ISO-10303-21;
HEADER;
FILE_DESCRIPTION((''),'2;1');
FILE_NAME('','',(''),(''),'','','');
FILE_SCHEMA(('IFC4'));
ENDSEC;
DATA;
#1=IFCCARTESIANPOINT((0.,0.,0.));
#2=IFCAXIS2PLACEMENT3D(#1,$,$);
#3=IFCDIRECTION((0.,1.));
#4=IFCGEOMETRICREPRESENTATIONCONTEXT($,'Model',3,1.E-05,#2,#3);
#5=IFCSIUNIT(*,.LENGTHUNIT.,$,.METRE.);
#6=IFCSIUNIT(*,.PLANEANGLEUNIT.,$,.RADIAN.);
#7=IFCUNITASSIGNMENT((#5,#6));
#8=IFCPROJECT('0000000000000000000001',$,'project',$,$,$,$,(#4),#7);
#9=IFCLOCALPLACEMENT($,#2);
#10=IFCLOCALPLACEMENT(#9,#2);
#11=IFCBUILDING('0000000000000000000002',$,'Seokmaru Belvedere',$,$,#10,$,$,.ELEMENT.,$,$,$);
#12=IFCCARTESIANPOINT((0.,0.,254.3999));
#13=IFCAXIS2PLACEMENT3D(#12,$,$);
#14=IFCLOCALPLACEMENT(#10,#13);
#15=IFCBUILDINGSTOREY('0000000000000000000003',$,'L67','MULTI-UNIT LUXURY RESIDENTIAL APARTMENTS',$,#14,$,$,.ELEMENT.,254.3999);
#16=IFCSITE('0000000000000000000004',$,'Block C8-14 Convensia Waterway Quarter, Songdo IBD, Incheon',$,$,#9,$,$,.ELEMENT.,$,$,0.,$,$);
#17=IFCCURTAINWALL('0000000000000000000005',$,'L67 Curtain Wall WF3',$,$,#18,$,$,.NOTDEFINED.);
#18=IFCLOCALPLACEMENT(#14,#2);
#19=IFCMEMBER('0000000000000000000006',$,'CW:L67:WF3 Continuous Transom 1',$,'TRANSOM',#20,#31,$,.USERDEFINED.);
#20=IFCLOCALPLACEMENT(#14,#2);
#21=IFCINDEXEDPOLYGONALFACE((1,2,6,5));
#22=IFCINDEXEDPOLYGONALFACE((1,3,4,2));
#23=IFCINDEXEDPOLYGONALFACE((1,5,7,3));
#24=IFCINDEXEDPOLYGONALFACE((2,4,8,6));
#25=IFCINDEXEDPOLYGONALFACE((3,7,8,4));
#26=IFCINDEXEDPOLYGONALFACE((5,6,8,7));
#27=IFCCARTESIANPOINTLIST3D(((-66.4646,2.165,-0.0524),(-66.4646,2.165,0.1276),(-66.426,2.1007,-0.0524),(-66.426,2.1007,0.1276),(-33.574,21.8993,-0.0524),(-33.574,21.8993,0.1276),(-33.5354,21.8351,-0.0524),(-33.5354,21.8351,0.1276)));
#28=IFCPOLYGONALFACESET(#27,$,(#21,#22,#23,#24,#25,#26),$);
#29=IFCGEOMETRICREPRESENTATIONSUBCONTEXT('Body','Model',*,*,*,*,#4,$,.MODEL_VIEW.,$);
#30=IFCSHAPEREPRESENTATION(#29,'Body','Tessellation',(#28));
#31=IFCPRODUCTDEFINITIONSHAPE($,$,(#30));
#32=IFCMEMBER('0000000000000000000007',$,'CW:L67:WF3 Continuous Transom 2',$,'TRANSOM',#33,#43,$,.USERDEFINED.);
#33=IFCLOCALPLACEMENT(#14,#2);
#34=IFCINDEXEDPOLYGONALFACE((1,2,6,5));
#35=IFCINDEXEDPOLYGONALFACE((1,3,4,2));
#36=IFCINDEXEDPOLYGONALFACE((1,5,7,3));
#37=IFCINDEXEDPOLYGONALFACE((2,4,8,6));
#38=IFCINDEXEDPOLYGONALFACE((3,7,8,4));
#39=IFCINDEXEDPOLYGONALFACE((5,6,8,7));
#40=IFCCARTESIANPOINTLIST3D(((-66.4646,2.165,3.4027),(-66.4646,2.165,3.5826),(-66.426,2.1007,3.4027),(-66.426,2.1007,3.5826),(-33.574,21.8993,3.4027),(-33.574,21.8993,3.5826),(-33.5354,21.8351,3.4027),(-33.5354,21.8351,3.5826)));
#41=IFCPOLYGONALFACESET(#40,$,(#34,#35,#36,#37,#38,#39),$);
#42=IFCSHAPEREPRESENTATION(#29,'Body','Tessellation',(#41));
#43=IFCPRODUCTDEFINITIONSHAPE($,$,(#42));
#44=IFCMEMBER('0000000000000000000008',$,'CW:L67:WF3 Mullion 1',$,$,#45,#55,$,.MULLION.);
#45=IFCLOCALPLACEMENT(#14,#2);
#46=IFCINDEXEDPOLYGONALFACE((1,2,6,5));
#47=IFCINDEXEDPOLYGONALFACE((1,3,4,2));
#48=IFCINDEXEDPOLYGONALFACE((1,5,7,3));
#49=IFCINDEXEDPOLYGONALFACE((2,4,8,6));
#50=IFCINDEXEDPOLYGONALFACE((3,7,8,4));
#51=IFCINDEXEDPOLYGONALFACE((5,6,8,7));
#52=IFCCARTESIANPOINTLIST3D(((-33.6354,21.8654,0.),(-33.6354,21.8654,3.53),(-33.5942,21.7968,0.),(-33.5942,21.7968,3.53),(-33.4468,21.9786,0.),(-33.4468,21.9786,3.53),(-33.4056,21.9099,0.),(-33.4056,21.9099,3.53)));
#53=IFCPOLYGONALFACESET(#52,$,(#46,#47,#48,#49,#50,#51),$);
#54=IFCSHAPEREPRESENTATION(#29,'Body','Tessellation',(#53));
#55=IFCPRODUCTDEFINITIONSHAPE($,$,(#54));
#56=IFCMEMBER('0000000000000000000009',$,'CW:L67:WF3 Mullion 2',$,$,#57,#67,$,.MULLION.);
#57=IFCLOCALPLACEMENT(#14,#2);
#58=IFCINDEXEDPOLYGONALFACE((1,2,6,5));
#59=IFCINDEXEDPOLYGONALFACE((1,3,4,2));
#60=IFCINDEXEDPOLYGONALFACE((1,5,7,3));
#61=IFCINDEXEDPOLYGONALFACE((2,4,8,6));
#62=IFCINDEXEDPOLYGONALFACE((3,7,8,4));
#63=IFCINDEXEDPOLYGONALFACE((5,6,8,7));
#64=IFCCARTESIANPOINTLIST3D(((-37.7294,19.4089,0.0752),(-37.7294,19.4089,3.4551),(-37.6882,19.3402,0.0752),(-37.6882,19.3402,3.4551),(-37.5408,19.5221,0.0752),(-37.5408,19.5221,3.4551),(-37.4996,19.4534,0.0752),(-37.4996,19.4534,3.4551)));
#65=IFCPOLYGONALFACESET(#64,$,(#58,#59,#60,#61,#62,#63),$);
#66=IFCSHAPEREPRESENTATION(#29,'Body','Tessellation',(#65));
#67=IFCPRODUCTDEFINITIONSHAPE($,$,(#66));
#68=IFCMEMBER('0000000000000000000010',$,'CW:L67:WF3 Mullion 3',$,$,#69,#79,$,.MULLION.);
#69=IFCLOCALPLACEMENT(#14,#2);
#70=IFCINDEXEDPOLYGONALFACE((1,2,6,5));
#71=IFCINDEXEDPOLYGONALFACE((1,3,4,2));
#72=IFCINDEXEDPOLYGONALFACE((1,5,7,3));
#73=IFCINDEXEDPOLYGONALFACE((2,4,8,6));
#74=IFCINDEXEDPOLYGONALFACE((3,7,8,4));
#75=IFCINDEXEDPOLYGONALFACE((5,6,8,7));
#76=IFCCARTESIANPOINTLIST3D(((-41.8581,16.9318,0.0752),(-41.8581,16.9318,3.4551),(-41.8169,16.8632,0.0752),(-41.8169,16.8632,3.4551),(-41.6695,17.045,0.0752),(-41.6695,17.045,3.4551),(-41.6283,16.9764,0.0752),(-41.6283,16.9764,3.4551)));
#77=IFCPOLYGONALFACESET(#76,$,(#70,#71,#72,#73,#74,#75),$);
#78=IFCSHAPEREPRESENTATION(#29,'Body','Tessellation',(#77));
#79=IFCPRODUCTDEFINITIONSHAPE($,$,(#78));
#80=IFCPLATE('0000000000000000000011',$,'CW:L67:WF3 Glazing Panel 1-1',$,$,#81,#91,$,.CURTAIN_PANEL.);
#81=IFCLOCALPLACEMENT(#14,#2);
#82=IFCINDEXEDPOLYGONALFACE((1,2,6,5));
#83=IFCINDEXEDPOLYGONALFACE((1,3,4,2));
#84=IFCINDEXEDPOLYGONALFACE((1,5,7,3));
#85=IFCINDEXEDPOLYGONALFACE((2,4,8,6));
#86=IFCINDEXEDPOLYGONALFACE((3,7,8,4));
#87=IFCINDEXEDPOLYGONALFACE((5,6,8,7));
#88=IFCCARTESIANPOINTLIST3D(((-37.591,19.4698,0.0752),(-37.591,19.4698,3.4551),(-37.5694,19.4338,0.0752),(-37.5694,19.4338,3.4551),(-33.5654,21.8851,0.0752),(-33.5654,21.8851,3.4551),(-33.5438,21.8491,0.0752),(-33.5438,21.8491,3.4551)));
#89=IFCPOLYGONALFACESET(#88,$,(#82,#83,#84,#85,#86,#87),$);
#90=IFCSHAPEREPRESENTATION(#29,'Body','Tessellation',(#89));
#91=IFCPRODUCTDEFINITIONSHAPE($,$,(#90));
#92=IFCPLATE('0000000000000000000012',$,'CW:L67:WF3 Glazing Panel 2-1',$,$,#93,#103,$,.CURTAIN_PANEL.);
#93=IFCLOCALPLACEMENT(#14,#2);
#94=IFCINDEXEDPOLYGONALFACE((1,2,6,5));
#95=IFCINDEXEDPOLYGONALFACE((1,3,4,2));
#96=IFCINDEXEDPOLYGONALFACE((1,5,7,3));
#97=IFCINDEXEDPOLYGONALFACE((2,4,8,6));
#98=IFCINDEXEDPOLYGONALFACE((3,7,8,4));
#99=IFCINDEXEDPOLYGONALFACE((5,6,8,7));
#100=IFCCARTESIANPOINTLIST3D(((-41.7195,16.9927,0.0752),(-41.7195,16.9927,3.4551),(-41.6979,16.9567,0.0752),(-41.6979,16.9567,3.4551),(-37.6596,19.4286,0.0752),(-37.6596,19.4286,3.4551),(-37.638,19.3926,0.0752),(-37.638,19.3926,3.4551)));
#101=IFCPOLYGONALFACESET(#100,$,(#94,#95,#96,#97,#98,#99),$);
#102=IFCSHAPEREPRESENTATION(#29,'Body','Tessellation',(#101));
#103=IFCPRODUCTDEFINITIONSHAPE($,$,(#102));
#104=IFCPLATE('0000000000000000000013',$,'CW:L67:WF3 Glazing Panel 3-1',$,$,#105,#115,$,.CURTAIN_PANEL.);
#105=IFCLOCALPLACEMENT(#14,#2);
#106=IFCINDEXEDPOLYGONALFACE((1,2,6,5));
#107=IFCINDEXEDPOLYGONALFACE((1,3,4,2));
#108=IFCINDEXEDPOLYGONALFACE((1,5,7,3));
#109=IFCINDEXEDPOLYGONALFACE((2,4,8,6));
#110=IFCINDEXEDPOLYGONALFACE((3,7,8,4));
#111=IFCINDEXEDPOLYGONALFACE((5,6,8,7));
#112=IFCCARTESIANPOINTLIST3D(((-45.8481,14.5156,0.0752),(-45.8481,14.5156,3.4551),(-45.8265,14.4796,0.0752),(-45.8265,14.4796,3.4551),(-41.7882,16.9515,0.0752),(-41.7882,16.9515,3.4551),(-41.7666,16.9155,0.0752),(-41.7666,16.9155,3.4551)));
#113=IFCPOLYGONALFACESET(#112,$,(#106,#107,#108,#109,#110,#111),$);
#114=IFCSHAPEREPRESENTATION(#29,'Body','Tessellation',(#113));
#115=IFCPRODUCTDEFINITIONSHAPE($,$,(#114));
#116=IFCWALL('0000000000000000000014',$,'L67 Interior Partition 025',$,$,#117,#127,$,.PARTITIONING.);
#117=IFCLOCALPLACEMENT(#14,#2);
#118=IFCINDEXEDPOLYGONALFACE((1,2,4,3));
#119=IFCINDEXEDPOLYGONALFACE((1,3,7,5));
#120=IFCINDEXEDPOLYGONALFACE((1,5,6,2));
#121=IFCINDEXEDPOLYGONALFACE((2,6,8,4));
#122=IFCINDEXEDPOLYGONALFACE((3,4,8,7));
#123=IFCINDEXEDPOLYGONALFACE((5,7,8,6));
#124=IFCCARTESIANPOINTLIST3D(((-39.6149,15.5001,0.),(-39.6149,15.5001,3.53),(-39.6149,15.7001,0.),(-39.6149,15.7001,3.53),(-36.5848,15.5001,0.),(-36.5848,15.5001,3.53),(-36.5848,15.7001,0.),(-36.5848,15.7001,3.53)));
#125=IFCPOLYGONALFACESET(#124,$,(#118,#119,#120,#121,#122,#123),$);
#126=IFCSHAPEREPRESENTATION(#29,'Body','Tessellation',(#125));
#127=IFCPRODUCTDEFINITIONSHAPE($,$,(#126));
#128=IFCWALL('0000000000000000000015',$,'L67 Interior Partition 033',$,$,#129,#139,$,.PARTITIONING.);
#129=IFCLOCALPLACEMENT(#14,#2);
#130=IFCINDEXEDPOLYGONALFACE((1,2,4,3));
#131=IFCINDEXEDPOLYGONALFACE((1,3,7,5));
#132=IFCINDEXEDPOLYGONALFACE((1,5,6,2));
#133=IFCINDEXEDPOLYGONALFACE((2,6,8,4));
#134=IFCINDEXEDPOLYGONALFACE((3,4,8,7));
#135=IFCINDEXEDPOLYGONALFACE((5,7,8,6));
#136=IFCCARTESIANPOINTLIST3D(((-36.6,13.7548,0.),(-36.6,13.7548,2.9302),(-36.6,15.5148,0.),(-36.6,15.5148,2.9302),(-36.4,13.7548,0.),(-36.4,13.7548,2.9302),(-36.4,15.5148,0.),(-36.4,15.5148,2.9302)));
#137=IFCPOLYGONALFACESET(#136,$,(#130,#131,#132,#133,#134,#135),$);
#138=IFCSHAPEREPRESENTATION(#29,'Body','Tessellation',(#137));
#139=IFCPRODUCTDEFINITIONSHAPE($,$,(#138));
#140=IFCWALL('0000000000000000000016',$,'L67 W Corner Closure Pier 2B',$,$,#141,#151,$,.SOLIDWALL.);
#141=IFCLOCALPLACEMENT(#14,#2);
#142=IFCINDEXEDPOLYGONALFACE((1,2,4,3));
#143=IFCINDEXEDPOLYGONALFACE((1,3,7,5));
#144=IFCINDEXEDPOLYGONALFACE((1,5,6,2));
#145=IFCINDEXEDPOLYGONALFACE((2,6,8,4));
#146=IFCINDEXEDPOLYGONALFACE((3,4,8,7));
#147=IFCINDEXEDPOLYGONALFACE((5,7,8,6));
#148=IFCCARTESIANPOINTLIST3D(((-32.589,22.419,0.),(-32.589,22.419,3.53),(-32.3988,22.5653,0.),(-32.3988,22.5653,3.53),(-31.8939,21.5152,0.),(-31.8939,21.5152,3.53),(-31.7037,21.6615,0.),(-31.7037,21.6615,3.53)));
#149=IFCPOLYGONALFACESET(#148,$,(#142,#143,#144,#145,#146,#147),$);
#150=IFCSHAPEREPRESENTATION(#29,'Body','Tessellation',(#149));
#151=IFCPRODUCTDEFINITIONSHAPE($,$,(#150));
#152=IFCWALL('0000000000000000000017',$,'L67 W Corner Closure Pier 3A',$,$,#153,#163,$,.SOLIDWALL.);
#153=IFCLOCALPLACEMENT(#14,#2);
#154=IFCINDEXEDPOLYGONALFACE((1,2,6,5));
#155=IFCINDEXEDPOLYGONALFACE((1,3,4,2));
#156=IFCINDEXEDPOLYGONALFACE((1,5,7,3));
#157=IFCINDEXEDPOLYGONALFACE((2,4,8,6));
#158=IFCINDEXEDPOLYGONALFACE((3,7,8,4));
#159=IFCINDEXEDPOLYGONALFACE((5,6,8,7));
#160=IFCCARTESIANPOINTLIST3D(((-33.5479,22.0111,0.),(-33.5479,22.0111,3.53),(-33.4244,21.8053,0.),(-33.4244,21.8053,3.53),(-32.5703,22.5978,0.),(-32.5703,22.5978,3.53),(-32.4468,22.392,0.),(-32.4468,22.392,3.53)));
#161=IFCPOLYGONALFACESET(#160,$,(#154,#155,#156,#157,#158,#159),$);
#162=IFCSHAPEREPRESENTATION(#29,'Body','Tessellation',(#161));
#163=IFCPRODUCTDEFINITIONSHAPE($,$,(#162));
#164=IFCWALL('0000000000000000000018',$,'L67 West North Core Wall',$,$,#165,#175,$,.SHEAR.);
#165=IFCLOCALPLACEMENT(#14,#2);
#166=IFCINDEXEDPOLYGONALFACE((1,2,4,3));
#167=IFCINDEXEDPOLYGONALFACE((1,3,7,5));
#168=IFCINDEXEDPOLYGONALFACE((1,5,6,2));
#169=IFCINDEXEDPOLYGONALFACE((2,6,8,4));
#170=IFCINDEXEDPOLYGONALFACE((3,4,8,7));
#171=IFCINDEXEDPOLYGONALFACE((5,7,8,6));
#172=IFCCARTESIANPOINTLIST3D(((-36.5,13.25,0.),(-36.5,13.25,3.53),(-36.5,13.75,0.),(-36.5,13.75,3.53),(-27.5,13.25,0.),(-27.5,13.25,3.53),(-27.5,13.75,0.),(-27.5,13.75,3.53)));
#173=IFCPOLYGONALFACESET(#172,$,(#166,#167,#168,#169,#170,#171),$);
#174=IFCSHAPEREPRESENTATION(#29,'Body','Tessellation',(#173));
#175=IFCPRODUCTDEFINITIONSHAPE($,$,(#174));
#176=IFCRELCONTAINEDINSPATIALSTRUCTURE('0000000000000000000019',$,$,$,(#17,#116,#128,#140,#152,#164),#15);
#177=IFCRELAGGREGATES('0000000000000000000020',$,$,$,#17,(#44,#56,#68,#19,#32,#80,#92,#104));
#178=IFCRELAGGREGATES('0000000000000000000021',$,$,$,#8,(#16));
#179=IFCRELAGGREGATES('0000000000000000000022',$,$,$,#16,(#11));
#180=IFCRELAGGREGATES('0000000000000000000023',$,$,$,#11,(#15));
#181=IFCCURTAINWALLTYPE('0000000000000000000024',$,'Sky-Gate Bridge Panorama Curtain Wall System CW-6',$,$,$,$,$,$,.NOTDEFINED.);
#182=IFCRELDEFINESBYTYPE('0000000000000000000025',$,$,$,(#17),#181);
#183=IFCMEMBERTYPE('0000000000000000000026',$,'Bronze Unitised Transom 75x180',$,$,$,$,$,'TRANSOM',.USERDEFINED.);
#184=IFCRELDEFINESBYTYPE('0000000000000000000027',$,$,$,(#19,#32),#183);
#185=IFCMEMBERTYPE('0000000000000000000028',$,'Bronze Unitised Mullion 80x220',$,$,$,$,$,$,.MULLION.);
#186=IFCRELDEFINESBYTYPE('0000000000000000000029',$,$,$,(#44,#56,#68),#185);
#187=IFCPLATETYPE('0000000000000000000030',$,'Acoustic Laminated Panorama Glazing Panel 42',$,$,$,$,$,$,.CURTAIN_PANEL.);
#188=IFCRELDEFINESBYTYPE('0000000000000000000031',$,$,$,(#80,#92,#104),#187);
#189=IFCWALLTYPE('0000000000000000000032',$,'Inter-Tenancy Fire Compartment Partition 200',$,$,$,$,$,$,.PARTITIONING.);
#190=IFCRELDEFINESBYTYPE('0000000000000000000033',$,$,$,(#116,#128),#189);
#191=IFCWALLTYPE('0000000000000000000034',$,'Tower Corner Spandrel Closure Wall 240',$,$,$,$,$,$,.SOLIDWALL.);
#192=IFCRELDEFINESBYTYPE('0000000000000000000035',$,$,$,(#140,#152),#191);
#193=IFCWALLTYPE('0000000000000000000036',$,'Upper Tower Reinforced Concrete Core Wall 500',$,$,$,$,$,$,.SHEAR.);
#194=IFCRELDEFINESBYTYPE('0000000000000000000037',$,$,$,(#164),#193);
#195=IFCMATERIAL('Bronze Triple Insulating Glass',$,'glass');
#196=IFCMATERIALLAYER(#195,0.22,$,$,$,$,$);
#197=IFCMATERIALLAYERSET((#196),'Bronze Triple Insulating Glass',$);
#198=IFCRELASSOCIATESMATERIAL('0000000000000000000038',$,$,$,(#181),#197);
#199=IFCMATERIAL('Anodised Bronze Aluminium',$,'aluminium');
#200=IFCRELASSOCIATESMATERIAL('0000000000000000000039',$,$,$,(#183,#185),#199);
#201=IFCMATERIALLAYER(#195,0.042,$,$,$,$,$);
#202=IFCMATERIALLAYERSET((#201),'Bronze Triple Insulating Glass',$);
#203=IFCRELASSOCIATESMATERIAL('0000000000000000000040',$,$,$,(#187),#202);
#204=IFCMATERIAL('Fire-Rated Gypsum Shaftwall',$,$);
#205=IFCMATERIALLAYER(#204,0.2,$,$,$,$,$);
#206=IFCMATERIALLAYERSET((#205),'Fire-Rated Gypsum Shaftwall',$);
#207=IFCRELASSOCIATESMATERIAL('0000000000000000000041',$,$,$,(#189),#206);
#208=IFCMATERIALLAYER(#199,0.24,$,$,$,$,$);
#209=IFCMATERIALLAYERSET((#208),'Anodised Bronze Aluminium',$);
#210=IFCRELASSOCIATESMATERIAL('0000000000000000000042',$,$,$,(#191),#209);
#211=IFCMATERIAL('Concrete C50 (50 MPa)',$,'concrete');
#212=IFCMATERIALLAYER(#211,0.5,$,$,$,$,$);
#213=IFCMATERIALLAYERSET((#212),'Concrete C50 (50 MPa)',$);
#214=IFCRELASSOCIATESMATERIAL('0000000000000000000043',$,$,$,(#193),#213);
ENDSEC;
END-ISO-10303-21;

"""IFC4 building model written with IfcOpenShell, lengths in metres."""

from ifc_helpers import new_model, si_unit, direction, frame, frame_2d, origin, origin_2d, place, context, subcontext, project, spatial, rectangle, extrude, source, transform, mapped, material, layer, layer_set, material_profile, profile_set, type_object, type_shapes, element, aggregate, save


model = new_model("IFC4")

# Units and contexts
model_context = context("Model", 3, precision=1e-05, world=origin(), true_north=direction((0.0, 1.0)))
body_context = subcontext(model_context, "Body", "Model", "MODEL_VIEW")
ifc_project = project(units=[si_unit("LENGTHUNIT", "METRE"), si_unit("PLANEANGLEUNIT", "RADIAN")], contexts=[model_context])

# Site, building, storey
site_placement = place(None, origin())
site = spatial("IfcSite", under=ifc_project, at=site_placement, Name="Block C8-14 Convensia Waterway Quarter, Songdo IBD, Incheon", CompositionType="ELEMENT", RefElevation=0.0)
building_placement = place(site_placement, origin())
building = spatial("IfcBuilding", under=site, at=building_placement, Name="Seokmaru Belvedere", CompositionType="ELEMENT")
storey_placement = place(building_placement, frame((0.0, 0.0, 254.3999)))
storey = spatial("IfcBuildingStorey", under=building, at=storey_placement, Name="L67", Description="MULTI-UNIT LUXURY RESIDENTIAL APARTMENTS", CompositionType="ELEMENT", Elevation=254.3999)

# Curtain wall, members, plates
ifc_material_1 = material(Name="Bronze Triple Insulating Glass", Category="glass")
ifc_layer_1 = layer(ifc_material_1, 0.22)
ifc_layer_set_1 = layer_set([ifc_layer_1], Name="Bronze Triple Insulating Glass")
curtain_wall_type = type_object("IfcCurtainWallType", Name="Sky-Gate Bridge Panorama Curtain Wall System CW-6", PredefinedType="NOTDEFINED", material=ifc_layer_set_1)
curtain_wall_placement = place(storey_placement, origin())
curtain_wall = element("IfcCurtainWall", 1, at=curtain_wall_placement, inside=storey, type_object=curtain_wall_type, Name="L67 Curtain Wall WF3", PredefinedType="NOTDEFINED")
ifc_material_2 = material(Name="Anodised Bronze Aluminium", Category="aluminium")
ifc_material_profile_1 = material_profile(ifc_material_2, rectangle(XDim=0.075, YDim=0.1799, at=origin_2d()), Name="CW-T-75x180")
ifc_profile_set_1 = profile_set([ifc_material_profile_1], Name="Anodised Bronze Aluminium")
member_type_1 = type_object("IfcMemberType", Name="Bronze Unitised Transom 75x180", ElementType="TRANSOM", PredefinedType="USERDEFINED", material=ifc_profile_set_1)
shared_shape_1 = source(origin(), body_context, "Body", "SweptSolid", [
    extrude(rectangle(XDim=0.075, YDim=0.1799, at=origin_2d()), origin(), (0.0, 0.0, 1.0), 38.3567),
])
type_shapes(member_type_1, [shared_shape_1])
member_1_placement = place(storey_placement, frame((-33.5547, 21.8672, 0.0376), z_axis=(-0.857493, -0.514496, 0.0), x_axis=(0.514496, -0.857493, 0.0)))
member_1 = element("IfcMember", 2, at=member_1_placement, type_object=member_type_1, Name="CW:L67:WF3 Continuous Transom 1", ObjectType="TRANSOM", PredefinedType="USERDEFINED", context=body_context, shape_type="MappedRepresentation", body=[
    mapped(shared_shape_1, transform((0.0, 0.0, 0.0), scale=1.0)),
])
member_2_placement = place(storey_placement, frame((-33.5547, 21.8672, 3.4927), z_axis=(-0.857493, -0.514496, 0.0), x_axis=(0.514496, -0.857493, 0.0)))
member_2 = element("IfcMember", 3, at=member_2_placement, type_object=member_type_1, Name="CW:L67:WF3 Continuous Transom 2", ObjectType="TRANSOM", PredefinedType="USERDEFINED", context=body_context, shape_type="MappedRepresentation", body=[
    mapped(shared_shape_1, transform((0.0, 0.0, 0.0), scale=1.0)),
])
ifc_material_profile_2 = material_profile(ifc_material_2, rectangle(XDim=0.0801, YDim=0.22, at=origin_2d()), Name="CW-M-80x220")
ifc_profile_set_2 = profile_set([ifc_material_profile_2], Name="Anodised Bronze Aluminium")
member_type_2 = type_object("IfcMemberType", Name="Bronze Unitised Mullion 80x220", PredefinedType="MULLION", material=ifc_profile_set_2)
shared_shape_2 = source(origin(), body_context, "Body", "SweptSolid", [
    extrude(rectangle(XDim=0.0801, YDim=0.22, at=origin_2d()), origin(), (0.0, 0.0, 1.0), 3.53),
])
member_3_placement = place(storey_placement, frame((-33.5205, 21.8877, 0.0), z_axis=(0.0, 0.0, 1.0), x_axis=(0.514495, -0.857493, 0.0)))
member_3 = element("IfcMember", 4, at=member_3_placement, type_object=member_type_2, Name="CW:L67:WF3 Mullion 1", PredefinedType="MULLION", context=body_context, shape_type="MappedRepresentation", body=[
    mapped(shared_shape_2, transform((0.0, 0.0, 0.0), scale=1.0)),
])
shared_shape_3 = source(origin(), body_context, "Body", "SweptSolid", [
    extrude(rectangle(XDim=0.0801, YDim=0.22, at=origin_2d()), origin(), (0.0, 0.0, 1.0), 3.3799),
])
type_shapes(member_type_2, [shared_shape_2, shared_shape_3])
member_4_placement = place(storey_placement, frame((-37.6145, 19.4312, 0.0752), z_axis=(0.0, 0.0, 1.0), x_axis=(0.514495, -0.857493, 0.0)))
member_4 = element("IfcMember", 5, at=member_4_placement, type_object=member_type_2, Name="CW:L67:WF3 Mullion 2", PredefinedType="MULLION", context=body_context, shape_type="MappedRepresentation", body=[
    mapped(shared_shape_3, transform((0.0, 0.0, 0.0), scale=1.0)),
])
member_5_placement = place(storey_placement, frame((-41.7432, 16.9541, 0.0752), z_axis=(0.0, 0.0, 1.0), x_axis=(0.514495, -0.857493, 0.0)))
member_5 = element("IfcMember", 6, at=member_5_placement, type_object=member_type_2, Name="CW:L67:WF3 Mullion 3", PredefinedType="MULLION", context=body_context, shape_type="MappedRepresentation", body=[
    mapped(shared_shape_3, transform((0.0, 0.0, 0.0), scale=1.0)),
])
ifc_layer_2 = layer(ifc_material_1, 0.042)
ifc_layer_set_2 = layer_set([ifc_layer_2], Name="Bronze Triple Insulating Glass")
plate_type = type_object("IfcPlateType", Name="Acoustic Laminated Panorama Glazing Panel 42", PredefinedType="CURTAIN_PANEL", material=ifc_layer_set_2)
shared_shape_4 = source(origin(), body_context, "Body", "SweptSolid", [
    extrude(rectangle(XDim=4.6946, YDim=0.042, at=origin_2d()), origin(), (0.0, 0.0, 1.0), 3.3799),
])
plate_1_placement = place(storey_placement, frame((-35.5674, 20.6594, 0.0752), z_axis=(0.0, 0.0, 1.0), x_axis=(-0.857493, -0.514495, 0.0)))
plate_1 = element("IfcPlate", 7, at=plate_1_placement, type_object=plate_type, Name="CW:L67:WF3 Glazing Panel 1-1", PredefinedType="CURTAIN_PANEL", context=body_context, shape_type="MappedRepresentation", body=[
    mapped(shared_shape_4, transform((0.0, 0.0, 0.0), scale=1.0)),
])
shared_shape_5 = source(origin(), body_context, "Body", "SweptSolid", [
    extrude(rectangle(XDim=4.7346, YDim=0.042, at=origin_2d()), origin(), (0.0, 0.0, 1.0), 3.3799),
])
type_shapes(plate_type, [shared_shape_4, shared_shape_5])
plate_2_placement = place(storey_placement, frame((-39.6787, 18.1926, 0.0752), z_axis=(0.0, 0.0, 1.0), x_axis=(-0.857493, -0.514495, 0.0)))
plate_2 = element("IfcPlate", 8, at=plate_2_placement, type_object=plate_type, Name="CW:L67:WF3 Glazing Panel 2-1", PredefinedType="CURTAIN_PANEL", context=body_context, shape_type="MappedRepresentation", body=[
    mapped(shared_shape_5, transform((0.0, 0.0, 0.0), scale=1.0)),
])
plate_3_placement = place(storey_placement, frame((-43.8074, 15.7156, 0.0752), z_axis=(0.0, 0.0, 1.0), x_axis=(-0.857493, -0.514495, 0.0)))
plate_3 = element("IfcPlate", 9, at=plate_3_placement, type_object=plate_type, Name="CW:L67:WF3 Glazing Panel 3-1", PredefinedType="CURTAIN_PANEL", context=body_context, shape_type="MappedRepresentation", body=[
    mapped(shared_shape_5, transform((0.0, 0.0, 0.0), scale=1.0)),
])
aggregate(curtain_wall, [member_3, member_4, member_5, member_1, member_2, plate_1, plate_2, plate_3])

# Walls
ifc_material_3 = material(Name="Fire-Rated Gypsum Shaftwall")
ifc_layer_3 = layer(ifc_material_3, 0.2)
ifc_layer_set_3 = layer_set([ifc_layer_3], Name="Fire-Rated Gypsum Shaftwall")
wall_type_1 = type_object("IfcWallType", Name="Inter-Tenancy Fire Compartment Partition 200", PredefinedType="PARTITIONING", material=ifc_layer_set_3)
wall_1_placement = place(storey_placement, frame((-39.615, 15.6001, 0.0), z_axis=(0.0, 0.0, 1.0), x_axis=(1.0, 0.0, 0.0)))
element("IfcWall", 10, at=wall_1_placement, inside=storey, type_object=wall_type_1, Name="L67 Interior Partition 025", PredefinedType="PARTITIONING", context=body_context, shape_type="SweptSolid", body=[
    extrude(rectangle(XDim=3.03, YDim=0.2, at=frame_2d((1.5151, 0.0))), origin(), (0.0, 0.0, 1.0), 3.53),
])
wall_2_placement = place(storey_placement, frame((-36.5, 13.7549, 0.0), z_axis=(0.0, 0.0, 1.0), x_axis=(0.0, 1.0, 0.0)))
element("IfcWall", 11, at=wall_2_placement, inside=storey, type_object=wall_type_1, Name="L67 Interior Partition 033", PredefinedType="PARTITIONING", context=body_context, shape_type="SweptSolid", body=[
    extrude(rectangle(XDim=1.76, YDim=0.2, at=frame_2d((0.8799, 0.0))), origin(), (0.0, 0.0, 1.0), 2.9302),
])
ifc_layer_4 = layer(ifc_material_2, 0.24)
ifc_layer_set_4 = layer_set([ifc_layer_4], Name="Anodised Bronze Aluminium")
wall_type_2 = type_object("IfcWallType", Name="Tower Corner Spandrel Closure Wall 240", PredefinedType="SOLIDWALL", material=ifc_layer_set_4)
for number, where, z_axis, x_axis, name in (
    (12, (-31.7988, 21.5884, 0.0), (0.0, 0.0, 1.0), (-0.609618, 0.792696, 0.0), "L67 W Corner Closure Pier 2B"),
    (13, (-32.5085, 22.4949, 0.0), (0.0, 0.0, 1.0), (-0.857436, -0.51459, 0.0), "L67 W Corner Closure Pier 3A"),
):
    element("IfcWall", number, at=place(storey_placement, frame(where, z_axis=z_axis, x_axis=x_axis)), inside=storey, type_object=wall_type_2, Name=name, PredefinedType="SOLIDWALL", context=body_context, shape_type="SweptSolid", body=[
        extrude(rectangle(XDim=1.1401, YDim=0.24, at=frame_2d((0.5701, 0.0))), origin(), (0.0, 0.0, 1.0), 3.53),
    ])
ifc_material_4 = material(Name="Concrete C50 (50 MPa)", Category="concrete")
ifc_layer_5 = layer(ifc_material_4, 0.5)
ifc_layer_set_5 = layer_set([ifc_layer_5], Name="Concrete C50 (50 MPa)")
wall_type_3 = type_object("IfcWallType", Name="Upper Tower Reinforced Concrete Core Wall 500", PredefinedType="SHEAR", material=ifc_layer_set_5)
wall_3_placement = place(storey_placement, frame((-36.5, 13.5, 0.0), z_axis=(0.0, 0.0, 1.0), x_axis=(1.0, 0.0, 0.0)))
element("IfcWall", 14, at=wall_3_placement, inside=storey, type_object=wall_type_3, Name="L67 West North Core Wall", PredefinedType="SHEAR", context=body_context, shape_type="SweptSolid", body=[
    extrude(rectangle(XDim=9.0, YDim=0.5, at=frame_2d((4.5, 0.0))), origin(), (0.0, 0.0, 1.0), 3.53),
])

save(model, "model.ifc")
